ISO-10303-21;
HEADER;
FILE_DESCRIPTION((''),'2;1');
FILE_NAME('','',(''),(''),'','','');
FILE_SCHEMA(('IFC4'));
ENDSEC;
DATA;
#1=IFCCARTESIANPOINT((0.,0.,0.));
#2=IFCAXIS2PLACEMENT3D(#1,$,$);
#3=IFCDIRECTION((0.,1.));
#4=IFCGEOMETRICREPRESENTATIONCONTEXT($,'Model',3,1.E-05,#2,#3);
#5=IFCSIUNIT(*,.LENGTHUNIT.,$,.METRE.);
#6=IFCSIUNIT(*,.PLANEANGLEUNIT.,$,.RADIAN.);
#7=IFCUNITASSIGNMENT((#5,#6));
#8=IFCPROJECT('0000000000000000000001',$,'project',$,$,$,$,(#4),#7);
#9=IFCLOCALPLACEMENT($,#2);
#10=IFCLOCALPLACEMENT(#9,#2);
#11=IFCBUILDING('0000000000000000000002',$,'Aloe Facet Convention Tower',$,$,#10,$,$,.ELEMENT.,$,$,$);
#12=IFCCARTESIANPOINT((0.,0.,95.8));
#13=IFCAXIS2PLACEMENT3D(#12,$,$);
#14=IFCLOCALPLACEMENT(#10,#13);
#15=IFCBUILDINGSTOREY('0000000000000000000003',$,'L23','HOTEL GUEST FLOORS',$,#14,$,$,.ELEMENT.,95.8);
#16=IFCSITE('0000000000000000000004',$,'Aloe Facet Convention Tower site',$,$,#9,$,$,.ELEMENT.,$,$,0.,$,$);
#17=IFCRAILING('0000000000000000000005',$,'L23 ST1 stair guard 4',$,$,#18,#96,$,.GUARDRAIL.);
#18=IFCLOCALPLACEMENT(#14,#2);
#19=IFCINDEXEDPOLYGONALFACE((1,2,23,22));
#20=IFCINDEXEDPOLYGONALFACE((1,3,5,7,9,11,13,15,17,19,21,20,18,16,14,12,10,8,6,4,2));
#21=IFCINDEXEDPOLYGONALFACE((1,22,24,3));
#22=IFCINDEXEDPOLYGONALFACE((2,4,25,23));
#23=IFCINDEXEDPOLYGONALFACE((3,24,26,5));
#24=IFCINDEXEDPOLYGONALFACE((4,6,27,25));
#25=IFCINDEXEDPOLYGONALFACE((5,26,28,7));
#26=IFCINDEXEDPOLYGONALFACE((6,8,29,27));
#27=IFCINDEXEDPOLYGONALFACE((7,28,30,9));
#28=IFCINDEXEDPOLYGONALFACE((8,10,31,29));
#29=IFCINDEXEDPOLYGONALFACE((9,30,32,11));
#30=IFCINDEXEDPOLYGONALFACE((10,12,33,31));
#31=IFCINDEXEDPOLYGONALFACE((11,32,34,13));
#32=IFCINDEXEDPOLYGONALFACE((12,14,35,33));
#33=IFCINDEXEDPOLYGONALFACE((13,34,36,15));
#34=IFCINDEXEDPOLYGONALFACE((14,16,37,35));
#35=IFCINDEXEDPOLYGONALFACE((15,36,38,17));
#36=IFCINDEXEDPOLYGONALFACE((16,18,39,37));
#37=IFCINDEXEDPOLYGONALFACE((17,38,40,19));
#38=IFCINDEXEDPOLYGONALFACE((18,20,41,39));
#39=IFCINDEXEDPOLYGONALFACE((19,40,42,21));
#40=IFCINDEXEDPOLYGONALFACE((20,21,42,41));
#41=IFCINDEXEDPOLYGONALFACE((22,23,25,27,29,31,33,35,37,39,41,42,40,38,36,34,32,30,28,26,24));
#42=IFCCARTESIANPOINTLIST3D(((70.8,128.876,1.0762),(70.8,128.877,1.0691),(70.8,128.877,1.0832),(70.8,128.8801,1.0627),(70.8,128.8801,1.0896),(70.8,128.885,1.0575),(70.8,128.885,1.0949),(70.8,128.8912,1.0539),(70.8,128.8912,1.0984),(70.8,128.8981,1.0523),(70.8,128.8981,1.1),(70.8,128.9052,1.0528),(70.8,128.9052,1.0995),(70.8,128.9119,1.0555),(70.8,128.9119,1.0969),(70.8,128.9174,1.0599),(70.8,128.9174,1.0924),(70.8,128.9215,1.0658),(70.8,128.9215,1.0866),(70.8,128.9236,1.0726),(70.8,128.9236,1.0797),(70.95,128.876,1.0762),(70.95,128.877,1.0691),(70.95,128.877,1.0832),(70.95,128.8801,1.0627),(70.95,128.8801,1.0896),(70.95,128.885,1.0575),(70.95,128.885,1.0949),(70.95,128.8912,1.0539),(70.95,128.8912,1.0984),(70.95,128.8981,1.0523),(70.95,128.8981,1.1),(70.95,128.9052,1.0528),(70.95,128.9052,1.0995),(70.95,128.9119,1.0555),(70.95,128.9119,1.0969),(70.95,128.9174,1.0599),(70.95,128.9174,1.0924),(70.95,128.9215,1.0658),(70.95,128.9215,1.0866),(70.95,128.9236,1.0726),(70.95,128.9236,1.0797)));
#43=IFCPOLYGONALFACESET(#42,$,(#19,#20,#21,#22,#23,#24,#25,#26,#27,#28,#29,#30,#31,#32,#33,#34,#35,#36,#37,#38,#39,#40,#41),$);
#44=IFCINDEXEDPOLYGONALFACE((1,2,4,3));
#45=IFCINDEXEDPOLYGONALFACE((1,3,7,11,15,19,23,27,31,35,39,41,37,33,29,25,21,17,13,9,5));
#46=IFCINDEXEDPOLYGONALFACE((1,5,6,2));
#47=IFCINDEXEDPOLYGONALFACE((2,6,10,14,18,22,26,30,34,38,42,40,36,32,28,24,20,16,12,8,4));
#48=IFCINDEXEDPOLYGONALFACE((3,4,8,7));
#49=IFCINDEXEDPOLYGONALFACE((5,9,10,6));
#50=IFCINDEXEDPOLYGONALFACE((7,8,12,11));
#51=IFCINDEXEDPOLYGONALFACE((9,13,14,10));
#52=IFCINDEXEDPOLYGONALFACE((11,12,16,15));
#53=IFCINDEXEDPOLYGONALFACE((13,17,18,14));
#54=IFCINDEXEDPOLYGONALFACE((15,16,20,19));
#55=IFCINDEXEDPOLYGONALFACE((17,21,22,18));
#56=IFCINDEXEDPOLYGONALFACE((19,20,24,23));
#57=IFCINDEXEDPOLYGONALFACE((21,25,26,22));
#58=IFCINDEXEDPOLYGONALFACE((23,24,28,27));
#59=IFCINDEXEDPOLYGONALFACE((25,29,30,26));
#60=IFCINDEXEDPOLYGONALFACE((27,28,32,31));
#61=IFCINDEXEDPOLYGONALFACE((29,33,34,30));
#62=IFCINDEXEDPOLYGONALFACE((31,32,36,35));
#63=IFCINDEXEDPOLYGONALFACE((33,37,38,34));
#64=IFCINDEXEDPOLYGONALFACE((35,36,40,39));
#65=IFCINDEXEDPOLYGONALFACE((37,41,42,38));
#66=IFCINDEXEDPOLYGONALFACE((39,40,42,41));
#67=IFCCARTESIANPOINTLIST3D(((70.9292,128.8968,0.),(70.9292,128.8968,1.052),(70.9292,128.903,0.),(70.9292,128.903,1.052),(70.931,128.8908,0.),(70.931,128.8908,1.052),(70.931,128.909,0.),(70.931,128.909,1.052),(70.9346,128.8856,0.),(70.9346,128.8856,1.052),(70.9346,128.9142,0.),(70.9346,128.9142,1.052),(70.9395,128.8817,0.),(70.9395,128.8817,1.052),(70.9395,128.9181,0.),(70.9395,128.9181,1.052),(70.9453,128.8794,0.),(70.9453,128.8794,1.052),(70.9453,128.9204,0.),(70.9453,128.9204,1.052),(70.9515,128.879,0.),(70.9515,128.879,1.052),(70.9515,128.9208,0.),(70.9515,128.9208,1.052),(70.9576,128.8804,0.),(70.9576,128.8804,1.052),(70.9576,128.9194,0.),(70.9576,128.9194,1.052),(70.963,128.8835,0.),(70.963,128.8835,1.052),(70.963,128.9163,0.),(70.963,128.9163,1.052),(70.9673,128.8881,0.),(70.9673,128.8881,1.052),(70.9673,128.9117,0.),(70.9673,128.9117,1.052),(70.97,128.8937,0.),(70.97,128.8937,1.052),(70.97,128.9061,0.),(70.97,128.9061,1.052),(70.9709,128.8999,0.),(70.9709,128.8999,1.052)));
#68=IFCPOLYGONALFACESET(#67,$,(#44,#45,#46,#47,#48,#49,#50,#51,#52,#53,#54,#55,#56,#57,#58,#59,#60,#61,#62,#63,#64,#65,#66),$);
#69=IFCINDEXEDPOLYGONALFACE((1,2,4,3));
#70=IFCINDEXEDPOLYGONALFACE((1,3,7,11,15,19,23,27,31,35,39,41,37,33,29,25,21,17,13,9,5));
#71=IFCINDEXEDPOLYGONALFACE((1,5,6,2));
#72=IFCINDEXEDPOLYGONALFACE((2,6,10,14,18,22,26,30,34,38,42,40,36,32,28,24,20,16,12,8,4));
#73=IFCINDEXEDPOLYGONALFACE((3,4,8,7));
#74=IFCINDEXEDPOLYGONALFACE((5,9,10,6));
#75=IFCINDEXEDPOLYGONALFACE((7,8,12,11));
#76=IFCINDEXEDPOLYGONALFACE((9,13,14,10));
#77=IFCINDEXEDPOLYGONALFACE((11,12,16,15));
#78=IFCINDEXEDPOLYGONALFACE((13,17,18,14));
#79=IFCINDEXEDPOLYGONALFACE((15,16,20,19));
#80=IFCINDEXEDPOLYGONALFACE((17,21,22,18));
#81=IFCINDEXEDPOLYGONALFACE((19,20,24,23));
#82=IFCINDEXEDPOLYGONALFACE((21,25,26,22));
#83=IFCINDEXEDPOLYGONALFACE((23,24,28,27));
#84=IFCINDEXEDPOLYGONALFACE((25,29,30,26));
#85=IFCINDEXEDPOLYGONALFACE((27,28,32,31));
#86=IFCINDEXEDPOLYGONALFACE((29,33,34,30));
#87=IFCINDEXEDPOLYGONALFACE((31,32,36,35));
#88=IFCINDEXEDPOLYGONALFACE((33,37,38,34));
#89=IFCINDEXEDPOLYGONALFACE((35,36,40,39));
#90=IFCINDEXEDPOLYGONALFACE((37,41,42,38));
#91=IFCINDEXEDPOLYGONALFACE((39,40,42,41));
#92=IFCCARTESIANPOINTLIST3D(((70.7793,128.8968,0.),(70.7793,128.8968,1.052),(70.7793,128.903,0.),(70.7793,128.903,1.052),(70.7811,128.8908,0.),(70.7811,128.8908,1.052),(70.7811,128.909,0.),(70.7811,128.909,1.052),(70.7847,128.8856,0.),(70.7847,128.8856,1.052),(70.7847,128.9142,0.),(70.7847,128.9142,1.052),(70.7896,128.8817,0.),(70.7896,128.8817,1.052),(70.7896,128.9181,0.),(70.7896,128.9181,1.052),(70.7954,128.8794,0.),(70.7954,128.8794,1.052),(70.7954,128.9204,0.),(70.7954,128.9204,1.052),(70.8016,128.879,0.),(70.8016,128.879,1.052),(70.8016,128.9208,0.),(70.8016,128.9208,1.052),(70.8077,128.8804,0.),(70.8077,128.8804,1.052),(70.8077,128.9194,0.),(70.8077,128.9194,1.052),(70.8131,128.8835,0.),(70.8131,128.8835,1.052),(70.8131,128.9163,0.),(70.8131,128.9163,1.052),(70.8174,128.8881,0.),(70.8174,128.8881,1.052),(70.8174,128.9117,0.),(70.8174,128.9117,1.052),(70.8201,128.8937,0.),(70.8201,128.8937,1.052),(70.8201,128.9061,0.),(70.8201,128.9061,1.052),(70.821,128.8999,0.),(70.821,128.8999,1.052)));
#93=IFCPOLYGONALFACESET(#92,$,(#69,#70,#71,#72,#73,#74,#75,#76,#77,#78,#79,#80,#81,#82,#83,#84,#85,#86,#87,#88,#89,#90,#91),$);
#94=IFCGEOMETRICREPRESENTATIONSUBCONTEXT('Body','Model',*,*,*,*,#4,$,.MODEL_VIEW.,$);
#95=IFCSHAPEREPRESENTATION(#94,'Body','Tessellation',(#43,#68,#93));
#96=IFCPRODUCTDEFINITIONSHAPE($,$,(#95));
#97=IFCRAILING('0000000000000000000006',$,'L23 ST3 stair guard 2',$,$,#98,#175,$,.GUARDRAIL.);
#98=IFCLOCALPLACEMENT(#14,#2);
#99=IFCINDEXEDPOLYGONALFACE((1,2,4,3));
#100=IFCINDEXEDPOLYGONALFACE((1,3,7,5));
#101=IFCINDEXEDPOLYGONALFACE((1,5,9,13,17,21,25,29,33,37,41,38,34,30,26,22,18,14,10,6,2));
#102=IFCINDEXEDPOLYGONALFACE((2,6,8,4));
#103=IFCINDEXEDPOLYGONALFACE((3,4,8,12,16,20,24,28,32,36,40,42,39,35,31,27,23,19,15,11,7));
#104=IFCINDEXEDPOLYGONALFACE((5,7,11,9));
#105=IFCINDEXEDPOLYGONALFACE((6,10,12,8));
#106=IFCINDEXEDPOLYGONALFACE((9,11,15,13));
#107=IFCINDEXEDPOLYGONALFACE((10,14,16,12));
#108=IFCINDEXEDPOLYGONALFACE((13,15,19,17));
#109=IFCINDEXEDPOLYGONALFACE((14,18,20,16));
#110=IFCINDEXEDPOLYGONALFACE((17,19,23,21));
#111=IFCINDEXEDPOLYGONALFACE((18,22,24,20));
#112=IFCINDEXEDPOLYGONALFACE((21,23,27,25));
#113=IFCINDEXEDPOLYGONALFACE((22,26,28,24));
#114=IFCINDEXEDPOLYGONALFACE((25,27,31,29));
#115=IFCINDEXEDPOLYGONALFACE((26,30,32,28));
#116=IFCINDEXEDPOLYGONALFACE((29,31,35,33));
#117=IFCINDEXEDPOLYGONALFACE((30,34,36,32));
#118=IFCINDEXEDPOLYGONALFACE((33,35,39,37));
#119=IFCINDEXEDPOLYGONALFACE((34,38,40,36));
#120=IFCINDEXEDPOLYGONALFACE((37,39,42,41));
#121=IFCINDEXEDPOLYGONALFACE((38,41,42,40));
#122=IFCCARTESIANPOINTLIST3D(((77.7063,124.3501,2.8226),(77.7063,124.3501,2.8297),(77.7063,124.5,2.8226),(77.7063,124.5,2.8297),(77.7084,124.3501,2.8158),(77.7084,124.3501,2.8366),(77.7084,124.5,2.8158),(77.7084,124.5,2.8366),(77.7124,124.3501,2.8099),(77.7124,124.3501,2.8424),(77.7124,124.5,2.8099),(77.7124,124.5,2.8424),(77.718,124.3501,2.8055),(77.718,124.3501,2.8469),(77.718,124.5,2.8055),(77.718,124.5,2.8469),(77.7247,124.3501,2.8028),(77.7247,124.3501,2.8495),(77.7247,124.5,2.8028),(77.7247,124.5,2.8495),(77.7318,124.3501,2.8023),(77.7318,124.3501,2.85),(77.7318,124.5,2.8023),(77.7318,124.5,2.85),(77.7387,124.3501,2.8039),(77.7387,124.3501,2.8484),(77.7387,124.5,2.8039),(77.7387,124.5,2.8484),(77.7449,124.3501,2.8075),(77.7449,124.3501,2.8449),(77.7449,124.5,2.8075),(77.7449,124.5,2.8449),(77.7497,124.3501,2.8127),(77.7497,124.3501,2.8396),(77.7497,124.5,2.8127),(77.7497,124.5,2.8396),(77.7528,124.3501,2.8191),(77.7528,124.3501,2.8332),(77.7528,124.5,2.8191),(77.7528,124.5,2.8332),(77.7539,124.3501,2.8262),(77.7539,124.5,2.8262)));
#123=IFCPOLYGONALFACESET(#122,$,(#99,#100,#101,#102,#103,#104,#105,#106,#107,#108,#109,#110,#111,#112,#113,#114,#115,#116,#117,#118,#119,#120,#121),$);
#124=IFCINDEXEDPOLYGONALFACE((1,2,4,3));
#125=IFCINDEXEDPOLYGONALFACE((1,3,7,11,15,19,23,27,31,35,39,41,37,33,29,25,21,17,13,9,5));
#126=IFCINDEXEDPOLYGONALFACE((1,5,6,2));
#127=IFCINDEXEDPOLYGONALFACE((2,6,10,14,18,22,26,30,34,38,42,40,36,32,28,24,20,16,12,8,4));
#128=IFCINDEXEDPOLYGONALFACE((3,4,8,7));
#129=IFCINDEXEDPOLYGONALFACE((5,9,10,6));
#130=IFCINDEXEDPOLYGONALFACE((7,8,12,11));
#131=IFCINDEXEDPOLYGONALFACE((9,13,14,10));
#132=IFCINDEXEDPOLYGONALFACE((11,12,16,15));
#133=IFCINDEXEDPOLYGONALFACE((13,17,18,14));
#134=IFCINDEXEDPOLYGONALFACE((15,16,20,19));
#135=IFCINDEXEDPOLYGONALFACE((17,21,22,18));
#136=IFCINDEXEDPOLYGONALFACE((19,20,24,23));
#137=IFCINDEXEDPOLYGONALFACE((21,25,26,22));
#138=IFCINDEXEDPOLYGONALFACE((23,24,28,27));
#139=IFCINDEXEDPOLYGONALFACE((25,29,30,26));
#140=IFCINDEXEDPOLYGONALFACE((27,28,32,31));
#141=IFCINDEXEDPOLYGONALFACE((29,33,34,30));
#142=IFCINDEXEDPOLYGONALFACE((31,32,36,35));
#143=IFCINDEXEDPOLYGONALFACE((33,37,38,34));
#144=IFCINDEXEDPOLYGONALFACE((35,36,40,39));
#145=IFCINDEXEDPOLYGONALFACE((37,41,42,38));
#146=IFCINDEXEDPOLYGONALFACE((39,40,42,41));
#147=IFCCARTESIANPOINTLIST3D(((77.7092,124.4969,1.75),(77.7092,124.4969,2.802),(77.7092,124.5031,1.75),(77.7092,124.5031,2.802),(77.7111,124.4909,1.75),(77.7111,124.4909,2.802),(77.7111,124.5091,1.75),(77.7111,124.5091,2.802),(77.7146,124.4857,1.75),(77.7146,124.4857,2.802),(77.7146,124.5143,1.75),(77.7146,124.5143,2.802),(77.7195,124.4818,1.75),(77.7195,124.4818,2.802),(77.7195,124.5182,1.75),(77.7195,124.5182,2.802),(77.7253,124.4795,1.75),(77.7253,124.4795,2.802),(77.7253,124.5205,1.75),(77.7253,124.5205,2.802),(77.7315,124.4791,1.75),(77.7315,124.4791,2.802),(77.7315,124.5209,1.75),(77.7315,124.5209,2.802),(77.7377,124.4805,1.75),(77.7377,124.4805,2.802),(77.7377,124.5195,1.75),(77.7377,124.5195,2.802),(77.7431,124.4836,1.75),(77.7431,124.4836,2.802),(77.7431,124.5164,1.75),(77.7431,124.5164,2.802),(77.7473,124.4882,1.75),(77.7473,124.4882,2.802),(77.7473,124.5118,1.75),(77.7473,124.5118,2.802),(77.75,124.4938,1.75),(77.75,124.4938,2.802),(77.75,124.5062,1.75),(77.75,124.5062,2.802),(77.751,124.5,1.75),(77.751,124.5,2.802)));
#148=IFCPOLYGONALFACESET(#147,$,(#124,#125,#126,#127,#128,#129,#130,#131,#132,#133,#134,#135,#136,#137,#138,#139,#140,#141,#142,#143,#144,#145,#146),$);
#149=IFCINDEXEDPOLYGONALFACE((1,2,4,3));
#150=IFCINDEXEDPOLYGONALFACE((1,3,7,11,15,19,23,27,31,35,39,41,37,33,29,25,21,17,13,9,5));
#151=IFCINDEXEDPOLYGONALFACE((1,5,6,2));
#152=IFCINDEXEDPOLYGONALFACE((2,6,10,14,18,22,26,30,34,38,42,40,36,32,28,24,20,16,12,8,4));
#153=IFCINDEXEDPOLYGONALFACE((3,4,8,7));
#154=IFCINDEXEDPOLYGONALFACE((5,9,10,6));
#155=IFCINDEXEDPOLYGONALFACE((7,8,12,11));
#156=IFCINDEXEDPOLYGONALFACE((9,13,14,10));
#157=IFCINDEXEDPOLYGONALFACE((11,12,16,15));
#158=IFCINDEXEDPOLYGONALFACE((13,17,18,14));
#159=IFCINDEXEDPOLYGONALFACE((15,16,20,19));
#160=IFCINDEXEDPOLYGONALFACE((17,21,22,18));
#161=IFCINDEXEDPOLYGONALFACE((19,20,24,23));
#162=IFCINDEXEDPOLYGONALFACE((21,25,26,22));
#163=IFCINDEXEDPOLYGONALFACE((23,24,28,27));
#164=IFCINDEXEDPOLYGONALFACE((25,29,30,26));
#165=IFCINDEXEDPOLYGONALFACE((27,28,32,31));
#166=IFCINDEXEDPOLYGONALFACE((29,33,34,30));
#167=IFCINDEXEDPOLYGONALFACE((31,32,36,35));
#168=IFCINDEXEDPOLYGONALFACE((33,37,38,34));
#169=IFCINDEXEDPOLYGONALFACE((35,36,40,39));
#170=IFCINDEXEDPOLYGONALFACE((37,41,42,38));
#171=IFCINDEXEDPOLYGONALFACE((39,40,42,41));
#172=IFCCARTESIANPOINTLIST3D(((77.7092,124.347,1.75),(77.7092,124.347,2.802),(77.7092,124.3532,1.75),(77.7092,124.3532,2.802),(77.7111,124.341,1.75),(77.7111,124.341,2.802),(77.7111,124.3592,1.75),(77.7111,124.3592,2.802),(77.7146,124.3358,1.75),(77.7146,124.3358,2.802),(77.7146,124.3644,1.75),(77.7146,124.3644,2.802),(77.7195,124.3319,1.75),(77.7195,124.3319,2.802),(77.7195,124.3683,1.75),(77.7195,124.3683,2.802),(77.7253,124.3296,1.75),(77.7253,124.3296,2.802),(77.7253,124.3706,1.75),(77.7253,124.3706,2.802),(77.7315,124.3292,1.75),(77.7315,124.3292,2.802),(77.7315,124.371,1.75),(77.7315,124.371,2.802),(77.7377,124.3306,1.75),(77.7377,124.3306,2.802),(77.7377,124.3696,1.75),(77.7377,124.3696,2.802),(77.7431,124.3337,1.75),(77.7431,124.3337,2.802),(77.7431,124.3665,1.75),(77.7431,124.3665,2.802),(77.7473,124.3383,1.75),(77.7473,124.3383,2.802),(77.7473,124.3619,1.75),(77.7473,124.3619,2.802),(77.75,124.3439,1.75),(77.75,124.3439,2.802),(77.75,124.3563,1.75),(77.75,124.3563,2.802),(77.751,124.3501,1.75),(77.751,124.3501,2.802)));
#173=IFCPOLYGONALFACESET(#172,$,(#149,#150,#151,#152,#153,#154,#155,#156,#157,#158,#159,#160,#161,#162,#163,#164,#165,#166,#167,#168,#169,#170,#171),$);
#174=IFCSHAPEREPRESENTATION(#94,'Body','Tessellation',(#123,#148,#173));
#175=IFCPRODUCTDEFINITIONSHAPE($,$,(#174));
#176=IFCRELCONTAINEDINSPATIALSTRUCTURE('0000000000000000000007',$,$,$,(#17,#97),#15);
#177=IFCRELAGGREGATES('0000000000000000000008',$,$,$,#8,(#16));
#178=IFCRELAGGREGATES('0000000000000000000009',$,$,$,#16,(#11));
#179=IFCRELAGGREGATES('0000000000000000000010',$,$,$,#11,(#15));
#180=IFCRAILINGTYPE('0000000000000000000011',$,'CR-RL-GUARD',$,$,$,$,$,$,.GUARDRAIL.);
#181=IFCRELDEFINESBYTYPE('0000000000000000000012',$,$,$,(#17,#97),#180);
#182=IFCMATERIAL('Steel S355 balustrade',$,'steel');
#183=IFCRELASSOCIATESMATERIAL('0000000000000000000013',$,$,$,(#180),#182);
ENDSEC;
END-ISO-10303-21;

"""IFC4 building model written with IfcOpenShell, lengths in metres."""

from ifc_helpers import new_model, si_unit, direction, frame, origin, origin_2d, place, context, subcontext, project, spatial, circle, extrude, material, type_object, element, save


model = new_model("IFC4")

# Units and contexts
model_context = context("Model", 3, precision=1e-05, world=origin(), true_north=direction((0.0, 1.0)))
body_context = subcontext(model_context, "Body", "Model", "MODEL_VIEW")
ifc_project = project(units=[si_unit("LENGTHUNIT", "METRE"), si_unit("PLANEANGLEUNIT", "RADIAN")], contexts=[model_context])

# Site, building, storey
site_placement = place(None, origin())
site = spatial("IfcSite", under=ifc_project, at=site_placement, Name="Aloe Facet Convention Tower site", CompositionType="ELEMENT", RefElevation=0.0)
building_placement = place(site_placement, origin())
building = spatial("IfcBuilding", under=site, at=building_placement, Name="Aloe Facet Convention Tower", CompositionType="ELEMENT")
storey_placement = place(building_placement, frame((0.0, 0.0, 95.8)))
storey = spatial("IfcBuildingStorey", under=building, at=storey_placement, Name="L23", Description="HOTEL GUEST FLOORS", CompositionType="ELEMENT", Elevation=95.8)

# Railings
ifc_material_1 = material(Name="Steel S355 balustrade", Category="steel")
railing_type_1 = type_object("IfcRailingType", Name="CR-RL-GUARD", PredefinedType="GUARDRAIL", material=ifc_material_1)
railing_1_placement = place(storey_placement, frame((70.95, 128.8999, 0.0)))
element("IfcRailing", 1, at=railing_1_placement, inside=storey, type_object=railing_type_1, Name="L23 ST1 stair guard 4", PredefinedType="GUARDRAIL", context=body_context, shape_type="SweptSolid", body=[
    extrude(circle(Radius=0.0239, at=origin_2d()), frame((0.0, 0.0, 1.0762), z_axis=(-1.0, 0.0, 0.0), x_axis=(0.0, -1.0, 0.0)), (0.0, 0.0, 1.0), 0.1499),
    extrude(circle(Radius=0.021, at=origin_2d()), origin(), (0.0, 0.0, 1.0), 1.052),
    extrude(circle(Radius=0.021, at=origin_2d()), frame((-0.1499, 0.0, 0.0)), (0.0, 0.0, 1.0), 1.052),
])
railing_2_placement = place(storey_placement, frame((77.73, 124.5, 1.75)))
element("IfcRailing", 2, at=railing_2_placement, inside=storey, type_object=railing_type_1, Name="L23 ST3 stair guard 2", PredefinedType="GUARDRAIL", context=body_context, shape_type="SweptSolid", body=[
    extrude(circle(Radius=0.0239, at=origin_2d()), frame((0.0, 0.0, 1.0762), z_axis=(0.0, -1.0, 0.0), x_axis=(1.0, 0.0, 0.0)), (0.0, 0.0, 1.0), 0.1499),
    extrude(circle(Radius=0.021, at=origin_2d()), origin(), (0.0, 0.0, 1.0), 1.052),
    extrude(circle(Radius=0.021, at=origin_2d()), frame((0.0, -0.1499, 0.0)), (0.0, 0.0, 1.0), 1.052),
])

save(model, "model.ifc")
